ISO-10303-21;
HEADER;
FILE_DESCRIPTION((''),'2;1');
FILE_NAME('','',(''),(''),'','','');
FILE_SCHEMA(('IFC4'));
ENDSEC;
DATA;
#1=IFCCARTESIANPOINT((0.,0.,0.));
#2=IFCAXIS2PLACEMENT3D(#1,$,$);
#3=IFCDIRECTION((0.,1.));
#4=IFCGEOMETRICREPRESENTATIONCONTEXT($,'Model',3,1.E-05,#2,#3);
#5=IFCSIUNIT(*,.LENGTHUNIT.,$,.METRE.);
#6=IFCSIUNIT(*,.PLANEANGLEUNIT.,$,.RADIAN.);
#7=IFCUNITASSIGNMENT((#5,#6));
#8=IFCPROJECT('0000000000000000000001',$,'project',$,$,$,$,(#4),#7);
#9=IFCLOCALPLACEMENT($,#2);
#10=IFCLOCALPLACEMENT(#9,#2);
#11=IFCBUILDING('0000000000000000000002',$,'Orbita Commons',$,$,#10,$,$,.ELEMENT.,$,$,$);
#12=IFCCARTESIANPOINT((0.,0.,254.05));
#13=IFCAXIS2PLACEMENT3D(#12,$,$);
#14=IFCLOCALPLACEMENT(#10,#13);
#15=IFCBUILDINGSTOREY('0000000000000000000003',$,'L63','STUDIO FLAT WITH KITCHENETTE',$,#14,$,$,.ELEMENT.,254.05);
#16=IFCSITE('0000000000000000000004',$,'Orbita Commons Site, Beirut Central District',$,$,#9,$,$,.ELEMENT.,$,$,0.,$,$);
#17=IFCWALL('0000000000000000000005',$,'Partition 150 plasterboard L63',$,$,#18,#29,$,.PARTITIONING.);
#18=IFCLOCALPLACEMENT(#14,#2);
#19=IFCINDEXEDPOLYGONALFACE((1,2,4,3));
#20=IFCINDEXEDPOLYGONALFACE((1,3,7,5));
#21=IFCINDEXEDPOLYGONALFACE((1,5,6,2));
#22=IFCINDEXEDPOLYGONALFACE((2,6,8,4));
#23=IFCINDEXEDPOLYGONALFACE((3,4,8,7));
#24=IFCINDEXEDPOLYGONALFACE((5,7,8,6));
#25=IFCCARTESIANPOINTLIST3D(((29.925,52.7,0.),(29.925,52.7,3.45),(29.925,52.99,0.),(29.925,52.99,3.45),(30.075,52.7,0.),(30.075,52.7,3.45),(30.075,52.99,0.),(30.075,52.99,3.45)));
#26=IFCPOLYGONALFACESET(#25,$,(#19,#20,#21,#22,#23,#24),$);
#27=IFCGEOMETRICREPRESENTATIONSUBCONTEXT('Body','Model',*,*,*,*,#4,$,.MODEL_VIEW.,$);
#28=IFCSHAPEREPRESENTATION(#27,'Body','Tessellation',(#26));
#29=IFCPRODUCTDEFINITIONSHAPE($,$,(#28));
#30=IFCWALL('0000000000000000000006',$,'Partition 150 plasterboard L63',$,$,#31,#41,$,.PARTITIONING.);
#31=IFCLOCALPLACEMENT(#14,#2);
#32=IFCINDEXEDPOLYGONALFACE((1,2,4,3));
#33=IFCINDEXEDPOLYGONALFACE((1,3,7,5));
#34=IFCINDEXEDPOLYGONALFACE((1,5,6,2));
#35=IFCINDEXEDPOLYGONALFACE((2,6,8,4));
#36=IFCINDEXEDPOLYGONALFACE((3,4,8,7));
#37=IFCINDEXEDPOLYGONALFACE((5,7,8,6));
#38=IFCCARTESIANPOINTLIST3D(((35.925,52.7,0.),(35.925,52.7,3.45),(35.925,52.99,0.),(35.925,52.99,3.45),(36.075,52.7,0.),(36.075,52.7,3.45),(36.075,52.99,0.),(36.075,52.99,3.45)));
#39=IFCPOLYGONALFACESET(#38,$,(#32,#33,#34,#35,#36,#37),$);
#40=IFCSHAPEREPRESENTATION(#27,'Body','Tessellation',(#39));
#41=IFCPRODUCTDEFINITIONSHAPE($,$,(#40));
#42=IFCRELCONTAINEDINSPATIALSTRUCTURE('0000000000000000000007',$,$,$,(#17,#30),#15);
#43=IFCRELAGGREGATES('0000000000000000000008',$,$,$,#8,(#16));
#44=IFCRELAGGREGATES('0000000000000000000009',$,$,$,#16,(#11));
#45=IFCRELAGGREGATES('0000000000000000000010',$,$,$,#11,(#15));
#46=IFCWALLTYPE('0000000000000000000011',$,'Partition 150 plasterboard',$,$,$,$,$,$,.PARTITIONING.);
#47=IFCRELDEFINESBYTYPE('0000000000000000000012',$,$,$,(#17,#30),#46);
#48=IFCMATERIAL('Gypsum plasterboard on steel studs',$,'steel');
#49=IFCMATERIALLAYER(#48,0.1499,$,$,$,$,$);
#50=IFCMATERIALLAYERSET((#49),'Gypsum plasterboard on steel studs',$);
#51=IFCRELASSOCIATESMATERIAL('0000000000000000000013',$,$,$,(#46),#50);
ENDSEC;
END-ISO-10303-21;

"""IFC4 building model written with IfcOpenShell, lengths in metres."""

from ifc_helpers import new_model, si_unit, direction, frame, frame_2d, origin, place, context, subcontext, project, spatial, rectangle, extrude, material, layer, layer_set, type_object, element, save


model = new_model("IFC4")

# Units and contexts
model_context = context("Model", 3, precision=1e-05, world=origin(), true_north=direction((0.0, 1.0)))
body_context = subcontext(model_context, "Body", "Model", "MODEL_VIEW")
ifc_project = project(units=[si_unit("LENGTHUNIT", "METRE"), si_unit("PLANEANGLEUNIT", "RADIAN")], contexts=[model_context])

# Site, building, storey
site_placement = place(None, origin())
site = spatial("IfcSite", under=ifc_project, at=site_placement, Name="Orbita Commons Site, Beirut Central District", CompositionType="ELEMENT", RefElevation=0.0)
building_placement = place(site_placement, origin())
building = spatial("IfcBuilding", under=site, at=building_placement, Name="Orbita Commons", CompositionType="ELEMENT")
storey_placement = place(building_placement, frame((0.0, 0.0, 254.05)))
storey = spatial("IfcBuildingStorey", under=building, at=storey_placement, Name="L63", Description="STUDIO FLAT WITH KITCHENETTE", CompositionType="ELEMENT", Elevation=254.05)

# Walls
ifc_material_1 = material(Name="Gypsum plasterboard on steel studs", Category="steel")
ifc_layer_1 = layer(ifc_material_1, 0.1499)
ifc_layer_set_1 = layer_set([ifc_layer_1], Name="Gypsum plasterboard on steel studs")
wall_type_1 = type_object("IfcWallType", Name="Partition 150 plasterboard", PredefinedType="PARTITIONING", material=ifc_layer_set_1)
for number, where, z_axis, x_axis, name in (
    (1, (30.0, 52.7, 0.0), (0.0, 0.0, 1.0), (0.0, 1.0, 0.0), "Partition 150 plasterboard L63"),
    (2, (36.0, 52.7, 0.0), (0.0, 0.0, 1.0), (0.0, 1.0, 0.0), "Partition 150 plasterboard L63"),
):
    element("IfcWall", number, at=place(storey_placement, frame(where, z_axis=z_axis, x_axis=x_axis)), inside=storey, type_object=wall_type_1, Name=name, PredefinedType="PARTITIONING", context=body_context, shape_type="SweptSolid", body=[
        extrude(rectangle(XDim=0.29, YDim=0.1499, at=frame_2d((0.145, 0.0))), origin(), (0.0, 0.0, 1.0), 3.45),
    ])

save(model, "model.ifc")
